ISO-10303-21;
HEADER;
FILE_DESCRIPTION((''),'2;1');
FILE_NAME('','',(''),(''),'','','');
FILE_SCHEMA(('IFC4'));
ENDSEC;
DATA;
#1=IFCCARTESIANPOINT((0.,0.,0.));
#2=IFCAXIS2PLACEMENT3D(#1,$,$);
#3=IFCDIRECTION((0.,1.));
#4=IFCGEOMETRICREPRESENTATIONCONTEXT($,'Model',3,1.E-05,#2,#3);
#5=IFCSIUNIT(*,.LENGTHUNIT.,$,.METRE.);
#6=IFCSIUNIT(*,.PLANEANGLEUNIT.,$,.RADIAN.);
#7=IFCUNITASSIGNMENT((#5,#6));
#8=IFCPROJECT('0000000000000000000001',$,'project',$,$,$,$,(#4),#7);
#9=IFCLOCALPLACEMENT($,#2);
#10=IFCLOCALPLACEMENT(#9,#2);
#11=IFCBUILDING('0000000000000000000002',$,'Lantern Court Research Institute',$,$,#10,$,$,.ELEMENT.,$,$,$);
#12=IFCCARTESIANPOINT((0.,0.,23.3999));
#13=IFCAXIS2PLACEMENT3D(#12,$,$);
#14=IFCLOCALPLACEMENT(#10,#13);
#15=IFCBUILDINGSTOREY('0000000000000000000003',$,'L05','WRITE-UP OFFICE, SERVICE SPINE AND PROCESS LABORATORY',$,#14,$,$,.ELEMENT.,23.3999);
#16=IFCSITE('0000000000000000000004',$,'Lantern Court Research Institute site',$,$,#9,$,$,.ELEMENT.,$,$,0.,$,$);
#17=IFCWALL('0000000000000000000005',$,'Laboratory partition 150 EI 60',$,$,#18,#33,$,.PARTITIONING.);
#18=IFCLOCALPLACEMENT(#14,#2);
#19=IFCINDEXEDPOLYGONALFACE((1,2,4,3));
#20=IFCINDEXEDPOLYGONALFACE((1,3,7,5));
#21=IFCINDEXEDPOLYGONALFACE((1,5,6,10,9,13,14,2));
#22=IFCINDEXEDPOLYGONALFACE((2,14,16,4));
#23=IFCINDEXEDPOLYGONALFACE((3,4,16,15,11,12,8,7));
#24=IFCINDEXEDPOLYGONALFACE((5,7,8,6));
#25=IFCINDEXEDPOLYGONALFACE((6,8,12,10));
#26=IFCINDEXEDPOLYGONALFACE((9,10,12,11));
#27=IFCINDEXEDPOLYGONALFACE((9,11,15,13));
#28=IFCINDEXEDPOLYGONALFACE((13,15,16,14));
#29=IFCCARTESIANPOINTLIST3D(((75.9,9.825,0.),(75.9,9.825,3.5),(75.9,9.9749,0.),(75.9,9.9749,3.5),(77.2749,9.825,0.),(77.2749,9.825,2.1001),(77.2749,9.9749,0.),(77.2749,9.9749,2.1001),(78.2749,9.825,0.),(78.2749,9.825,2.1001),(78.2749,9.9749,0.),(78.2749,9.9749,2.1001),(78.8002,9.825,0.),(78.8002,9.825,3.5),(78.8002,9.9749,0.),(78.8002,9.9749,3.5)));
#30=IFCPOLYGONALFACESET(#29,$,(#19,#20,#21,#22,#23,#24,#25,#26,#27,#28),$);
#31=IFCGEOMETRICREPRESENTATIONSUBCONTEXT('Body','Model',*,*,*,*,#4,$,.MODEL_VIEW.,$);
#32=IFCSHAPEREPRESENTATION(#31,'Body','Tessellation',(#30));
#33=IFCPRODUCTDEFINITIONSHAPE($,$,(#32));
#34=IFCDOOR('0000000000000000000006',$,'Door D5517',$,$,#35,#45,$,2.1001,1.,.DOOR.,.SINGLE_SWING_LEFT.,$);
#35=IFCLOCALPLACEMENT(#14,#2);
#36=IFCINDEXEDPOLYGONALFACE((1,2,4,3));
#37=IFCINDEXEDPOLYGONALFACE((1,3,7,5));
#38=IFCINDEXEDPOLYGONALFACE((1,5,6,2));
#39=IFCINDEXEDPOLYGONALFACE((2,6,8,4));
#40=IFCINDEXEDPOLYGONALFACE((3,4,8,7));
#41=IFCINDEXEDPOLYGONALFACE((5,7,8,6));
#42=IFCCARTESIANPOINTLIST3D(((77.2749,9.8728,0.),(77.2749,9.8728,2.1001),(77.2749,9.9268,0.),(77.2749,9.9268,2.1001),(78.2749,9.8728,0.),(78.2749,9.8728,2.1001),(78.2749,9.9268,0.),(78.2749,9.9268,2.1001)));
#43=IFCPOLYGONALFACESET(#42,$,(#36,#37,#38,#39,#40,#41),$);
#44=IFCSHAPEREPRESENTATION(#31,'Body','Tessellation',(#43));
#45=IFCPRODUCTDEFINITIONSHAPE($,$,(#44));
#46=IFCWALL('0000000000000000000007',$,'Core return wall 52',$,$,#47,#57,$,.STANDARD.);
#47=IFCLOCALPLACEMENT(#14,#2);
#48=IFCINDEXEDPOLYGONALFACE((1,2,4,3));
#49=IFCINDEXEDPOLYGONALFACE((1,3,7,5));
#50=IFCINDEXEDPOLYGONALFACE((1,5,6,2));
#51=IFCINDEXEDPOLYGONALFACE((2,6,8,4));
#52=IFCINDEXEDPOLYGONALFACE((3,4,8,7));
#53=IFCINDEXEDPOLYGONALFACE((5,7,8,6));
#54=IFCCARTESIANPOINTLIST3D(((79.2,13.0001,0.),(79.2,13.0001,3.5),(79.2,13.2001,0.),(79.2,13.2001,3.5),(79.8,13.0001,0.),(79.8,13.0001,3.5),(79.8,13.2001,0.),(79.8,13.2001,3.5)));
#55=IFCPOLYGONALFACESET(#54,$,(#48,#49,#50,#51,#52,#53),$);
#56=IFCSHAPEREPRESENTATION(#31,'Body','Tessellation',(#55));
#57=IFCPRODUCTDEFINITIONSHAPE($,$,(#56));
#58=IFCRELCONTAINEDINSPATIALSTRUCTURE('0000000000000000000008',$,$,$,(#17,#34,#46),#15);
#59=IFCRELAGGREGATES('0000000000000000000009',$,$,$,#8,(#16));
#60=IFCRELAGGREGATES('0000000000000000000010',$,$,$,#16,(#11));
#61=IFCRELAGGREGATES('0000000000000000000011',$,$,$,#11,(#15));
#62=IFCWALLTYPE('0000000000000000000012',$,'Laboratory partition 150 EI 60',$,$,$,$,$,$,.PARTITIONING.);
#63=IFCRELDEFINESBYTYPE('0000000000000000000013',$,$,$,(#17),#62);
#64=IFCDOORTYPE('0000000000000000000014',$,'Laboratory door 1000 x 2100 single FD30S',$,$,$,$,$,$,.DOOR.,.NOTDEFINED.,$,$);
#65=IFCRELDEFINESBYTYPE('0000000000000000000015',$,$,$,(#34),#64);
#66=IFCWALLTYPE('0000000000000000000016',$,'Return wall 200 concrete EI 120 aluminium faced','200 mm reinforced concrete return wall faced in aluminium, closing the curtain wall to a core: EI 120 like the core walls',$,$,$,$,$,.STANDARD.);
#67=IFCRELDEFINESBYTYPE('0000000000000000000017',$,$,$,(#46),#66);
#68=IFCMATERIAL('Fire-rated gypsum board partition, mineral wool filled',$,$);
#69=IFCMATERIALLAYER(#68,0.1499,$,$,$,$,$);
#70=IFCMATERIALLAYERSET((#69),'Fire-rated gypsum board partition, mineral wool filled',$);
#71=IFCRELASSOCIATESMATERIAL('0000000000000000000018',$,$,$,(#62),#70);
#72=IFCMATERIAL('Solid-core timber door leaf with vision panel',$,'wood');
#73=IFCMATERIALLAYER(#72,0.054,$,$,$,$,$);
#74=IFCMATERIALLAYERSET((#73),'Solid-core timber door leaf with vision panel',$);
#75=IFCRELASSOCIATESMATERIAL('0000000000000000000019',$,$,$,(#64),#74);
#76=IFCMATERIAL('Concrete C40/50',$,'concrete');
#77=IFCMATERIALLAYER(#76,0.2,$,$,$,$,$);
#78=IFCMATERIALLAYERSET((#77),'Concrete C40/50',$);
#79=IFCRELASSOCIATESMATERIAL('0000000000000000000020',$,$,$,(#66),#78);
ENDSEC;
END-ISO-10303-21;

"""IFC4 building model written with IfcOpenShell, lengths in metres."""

from ifc_helpers import new_model, si_unit, direction, frame, frame_2d, origin, place, context, subcontext, project, spatial, rectangle, extrude, material, layer, layer_set, type_object, element, fill, save


model = new_model("IFC4")

# Units and contexts
model_context = context("Model", 3, precision=1e-05, world=origin(), true_north=direction((0.0, 1.0)))
body_context = subcontext(model_context, "Body", "Model", "MODEL_VIEW")
ifc_project = project(units=[si_unit("LENGTHUNIT", "METRE"), si_unit("PLANEANGLEUNIT", "RADIAN")], contexts=[model_context])

# Site, building, storey
site_placement = place(None, origin())
site = spatial("IfcSite", under=ifc_project, at=site_placement, Name="Lantern Court Research Institute site", CompositionType="ELEMENT", RefElevation=0.0)
building_placement = place(site_placement, origin())
building = spatial("IfcBuilding", under=site, at=building_placement, Name="Lantern Court Research Institute", CompositionType="ELEMENT")
storey_placement = place(building_placement, frame((0.0, 0.0, 23.3999)))
storey = spatial("IfcBuildingStorey", under=building, at=storey_placement, Name="L05", Description="WRITE-UP OFFICE, SERVICE SPINE AND PROCESS LABORATORY", CompositionType="ELEMENT", Elevation=23.3999)

# Shared definitions
ifc_material_1 = material(Name="Fire-rated gypsum board partition, mineral wool filled")
ifc_layer_1 = layer(ifc_material_1, 0.1499)
ifc_layer_set_1 = layer_set([ifc_layer_1], Name="Fire-rated gypsum board partition, mineral wool filled")
wall_type_1 = type_object("IfcWallType", Name="Laboratory partition 150 EI 60", PredefinedType="PARTITIONING", material=ifc_layer_set_1)

# Wall, opening, door
wall_1_placement = place(storey_placement, frame((75.8999, 9.8999, 0.0), z_axis=(0.0, 0.0, 1.0), x_axis=(1.0, 0.0, 0.0)))
wall_1 = element("IfcWall", 1, at=wall_1_placement, inside=storey, type_object=wall_type_1, Name="Laboratory partition 150 EI 60", PredefinedType="PARTITIONING", context=body_context, shape_type="SweptSolid", body=[
    extrude(rectangle(XDim=2.9001, YDim=0.1499, at=frame_2d((1.4502, 0.0))), origin(), (0.0, 0.0, 1.0), 3.5),
])
opening_1_placement = place(wall_1_placement, frame((1.375, 0.0, 0.0)))
opening_1 = element("IfcOpeningElement", 2, at=opening_1_placement, cuts=wall_1, PredefinedType="OPENING", context=body_context, shape_type="SweptSolid", body=[
    extrude(rectangle(XDim=1.0, YDim=2.1001, at=frame_2d((0.5, 1.05))), frame((0.0, 0.085, 0.0), z_axis=(0.0, -1.0, 0.0), x_axis=(1.0, 0.0, 0.0)), (0.0, 0.0, 1.0), 0.1699),
])
ifc_material_2 = material(Name="Solid-core timber door leaf with vision panel", Category="wood")
ifc_layer_2 = layer(ifc_material_2, 0.054)
ifc_layer_set_2 = layer_set([ifc_layer_2], Name="Solid-core timber door leaf with vision panel")
door_type_1 = type_object("IfcDoorType", Name="Laboratory door 1000 x 2100 single FD30S", OperationType="NOTDEFINED", PredefinedType="DOOR", material=ifc_layer_set_2)
door_1_placement = place(opening_1_placement, origin())
door_1 = element("IfcDoor", 3, at=door_1_placement, inside=storey, type_object=door_type_1, Name="Door D5517", OperationType="SINGLE_SWING_LEFT", OverallHeight=2.1001, OverallWidth=1.0, PredefinedType="DOOR", context=body_context, shape_type="SweptSolid", body=[
    extrude(rectangle(XDim=1.0, YDim=2.1001, at=frame_2d((0.5, 1.05))), frame((0.0, 0.0269, 0.0), z_axis=(0.0, -1.0, 0.0), x_axis=(1.0, 0.0, 0.0)), (0.0, 0.0, 1.0), 0.054),
])
fill(opening_1, door_1)

# Wall
ifc_material_3 = material(Name="Concrete C40/50", Category="concrete")
ifc_layer_3 = layer(ifc_material_3, 0.2)
ifc_layer_set_3 = layer_set([ifc_layer_3], Name="Concrete C40/50")
wall_type_2 = type_object("IfcWallType", Name="Return wall 200 concrete EI 120 aluminium faced", Description="200 mm reinforced concrete return wall faced in aluminium, closing the curtain wall to a core: EI 120 like the core walls", PredefinedType="STANDARD", material=ifc_layer_set_3)
wall_2_placement = place(storey_placement, frame((79.2, 13.1001, 0.0), z_axis=(0.0, 0.0, 1.0), x_axis=(1.0, 0.0, 0.0)))
element("IfcWall", 4, at=wall_2_placement, inside=storey, type_object=wall_type_2, Name="Core return wall 52", PredefinedType="STANDARD", context=body_context, shape_type="SweptSolid", body=[
    extrude(rectangle(XDim=0.6001, YDim=0.2, at=frame_2d((0.3, 0.0))), origin(), (0.0, 0.0, 1.0), 3.5),
])

save(model, "model.ifc")
